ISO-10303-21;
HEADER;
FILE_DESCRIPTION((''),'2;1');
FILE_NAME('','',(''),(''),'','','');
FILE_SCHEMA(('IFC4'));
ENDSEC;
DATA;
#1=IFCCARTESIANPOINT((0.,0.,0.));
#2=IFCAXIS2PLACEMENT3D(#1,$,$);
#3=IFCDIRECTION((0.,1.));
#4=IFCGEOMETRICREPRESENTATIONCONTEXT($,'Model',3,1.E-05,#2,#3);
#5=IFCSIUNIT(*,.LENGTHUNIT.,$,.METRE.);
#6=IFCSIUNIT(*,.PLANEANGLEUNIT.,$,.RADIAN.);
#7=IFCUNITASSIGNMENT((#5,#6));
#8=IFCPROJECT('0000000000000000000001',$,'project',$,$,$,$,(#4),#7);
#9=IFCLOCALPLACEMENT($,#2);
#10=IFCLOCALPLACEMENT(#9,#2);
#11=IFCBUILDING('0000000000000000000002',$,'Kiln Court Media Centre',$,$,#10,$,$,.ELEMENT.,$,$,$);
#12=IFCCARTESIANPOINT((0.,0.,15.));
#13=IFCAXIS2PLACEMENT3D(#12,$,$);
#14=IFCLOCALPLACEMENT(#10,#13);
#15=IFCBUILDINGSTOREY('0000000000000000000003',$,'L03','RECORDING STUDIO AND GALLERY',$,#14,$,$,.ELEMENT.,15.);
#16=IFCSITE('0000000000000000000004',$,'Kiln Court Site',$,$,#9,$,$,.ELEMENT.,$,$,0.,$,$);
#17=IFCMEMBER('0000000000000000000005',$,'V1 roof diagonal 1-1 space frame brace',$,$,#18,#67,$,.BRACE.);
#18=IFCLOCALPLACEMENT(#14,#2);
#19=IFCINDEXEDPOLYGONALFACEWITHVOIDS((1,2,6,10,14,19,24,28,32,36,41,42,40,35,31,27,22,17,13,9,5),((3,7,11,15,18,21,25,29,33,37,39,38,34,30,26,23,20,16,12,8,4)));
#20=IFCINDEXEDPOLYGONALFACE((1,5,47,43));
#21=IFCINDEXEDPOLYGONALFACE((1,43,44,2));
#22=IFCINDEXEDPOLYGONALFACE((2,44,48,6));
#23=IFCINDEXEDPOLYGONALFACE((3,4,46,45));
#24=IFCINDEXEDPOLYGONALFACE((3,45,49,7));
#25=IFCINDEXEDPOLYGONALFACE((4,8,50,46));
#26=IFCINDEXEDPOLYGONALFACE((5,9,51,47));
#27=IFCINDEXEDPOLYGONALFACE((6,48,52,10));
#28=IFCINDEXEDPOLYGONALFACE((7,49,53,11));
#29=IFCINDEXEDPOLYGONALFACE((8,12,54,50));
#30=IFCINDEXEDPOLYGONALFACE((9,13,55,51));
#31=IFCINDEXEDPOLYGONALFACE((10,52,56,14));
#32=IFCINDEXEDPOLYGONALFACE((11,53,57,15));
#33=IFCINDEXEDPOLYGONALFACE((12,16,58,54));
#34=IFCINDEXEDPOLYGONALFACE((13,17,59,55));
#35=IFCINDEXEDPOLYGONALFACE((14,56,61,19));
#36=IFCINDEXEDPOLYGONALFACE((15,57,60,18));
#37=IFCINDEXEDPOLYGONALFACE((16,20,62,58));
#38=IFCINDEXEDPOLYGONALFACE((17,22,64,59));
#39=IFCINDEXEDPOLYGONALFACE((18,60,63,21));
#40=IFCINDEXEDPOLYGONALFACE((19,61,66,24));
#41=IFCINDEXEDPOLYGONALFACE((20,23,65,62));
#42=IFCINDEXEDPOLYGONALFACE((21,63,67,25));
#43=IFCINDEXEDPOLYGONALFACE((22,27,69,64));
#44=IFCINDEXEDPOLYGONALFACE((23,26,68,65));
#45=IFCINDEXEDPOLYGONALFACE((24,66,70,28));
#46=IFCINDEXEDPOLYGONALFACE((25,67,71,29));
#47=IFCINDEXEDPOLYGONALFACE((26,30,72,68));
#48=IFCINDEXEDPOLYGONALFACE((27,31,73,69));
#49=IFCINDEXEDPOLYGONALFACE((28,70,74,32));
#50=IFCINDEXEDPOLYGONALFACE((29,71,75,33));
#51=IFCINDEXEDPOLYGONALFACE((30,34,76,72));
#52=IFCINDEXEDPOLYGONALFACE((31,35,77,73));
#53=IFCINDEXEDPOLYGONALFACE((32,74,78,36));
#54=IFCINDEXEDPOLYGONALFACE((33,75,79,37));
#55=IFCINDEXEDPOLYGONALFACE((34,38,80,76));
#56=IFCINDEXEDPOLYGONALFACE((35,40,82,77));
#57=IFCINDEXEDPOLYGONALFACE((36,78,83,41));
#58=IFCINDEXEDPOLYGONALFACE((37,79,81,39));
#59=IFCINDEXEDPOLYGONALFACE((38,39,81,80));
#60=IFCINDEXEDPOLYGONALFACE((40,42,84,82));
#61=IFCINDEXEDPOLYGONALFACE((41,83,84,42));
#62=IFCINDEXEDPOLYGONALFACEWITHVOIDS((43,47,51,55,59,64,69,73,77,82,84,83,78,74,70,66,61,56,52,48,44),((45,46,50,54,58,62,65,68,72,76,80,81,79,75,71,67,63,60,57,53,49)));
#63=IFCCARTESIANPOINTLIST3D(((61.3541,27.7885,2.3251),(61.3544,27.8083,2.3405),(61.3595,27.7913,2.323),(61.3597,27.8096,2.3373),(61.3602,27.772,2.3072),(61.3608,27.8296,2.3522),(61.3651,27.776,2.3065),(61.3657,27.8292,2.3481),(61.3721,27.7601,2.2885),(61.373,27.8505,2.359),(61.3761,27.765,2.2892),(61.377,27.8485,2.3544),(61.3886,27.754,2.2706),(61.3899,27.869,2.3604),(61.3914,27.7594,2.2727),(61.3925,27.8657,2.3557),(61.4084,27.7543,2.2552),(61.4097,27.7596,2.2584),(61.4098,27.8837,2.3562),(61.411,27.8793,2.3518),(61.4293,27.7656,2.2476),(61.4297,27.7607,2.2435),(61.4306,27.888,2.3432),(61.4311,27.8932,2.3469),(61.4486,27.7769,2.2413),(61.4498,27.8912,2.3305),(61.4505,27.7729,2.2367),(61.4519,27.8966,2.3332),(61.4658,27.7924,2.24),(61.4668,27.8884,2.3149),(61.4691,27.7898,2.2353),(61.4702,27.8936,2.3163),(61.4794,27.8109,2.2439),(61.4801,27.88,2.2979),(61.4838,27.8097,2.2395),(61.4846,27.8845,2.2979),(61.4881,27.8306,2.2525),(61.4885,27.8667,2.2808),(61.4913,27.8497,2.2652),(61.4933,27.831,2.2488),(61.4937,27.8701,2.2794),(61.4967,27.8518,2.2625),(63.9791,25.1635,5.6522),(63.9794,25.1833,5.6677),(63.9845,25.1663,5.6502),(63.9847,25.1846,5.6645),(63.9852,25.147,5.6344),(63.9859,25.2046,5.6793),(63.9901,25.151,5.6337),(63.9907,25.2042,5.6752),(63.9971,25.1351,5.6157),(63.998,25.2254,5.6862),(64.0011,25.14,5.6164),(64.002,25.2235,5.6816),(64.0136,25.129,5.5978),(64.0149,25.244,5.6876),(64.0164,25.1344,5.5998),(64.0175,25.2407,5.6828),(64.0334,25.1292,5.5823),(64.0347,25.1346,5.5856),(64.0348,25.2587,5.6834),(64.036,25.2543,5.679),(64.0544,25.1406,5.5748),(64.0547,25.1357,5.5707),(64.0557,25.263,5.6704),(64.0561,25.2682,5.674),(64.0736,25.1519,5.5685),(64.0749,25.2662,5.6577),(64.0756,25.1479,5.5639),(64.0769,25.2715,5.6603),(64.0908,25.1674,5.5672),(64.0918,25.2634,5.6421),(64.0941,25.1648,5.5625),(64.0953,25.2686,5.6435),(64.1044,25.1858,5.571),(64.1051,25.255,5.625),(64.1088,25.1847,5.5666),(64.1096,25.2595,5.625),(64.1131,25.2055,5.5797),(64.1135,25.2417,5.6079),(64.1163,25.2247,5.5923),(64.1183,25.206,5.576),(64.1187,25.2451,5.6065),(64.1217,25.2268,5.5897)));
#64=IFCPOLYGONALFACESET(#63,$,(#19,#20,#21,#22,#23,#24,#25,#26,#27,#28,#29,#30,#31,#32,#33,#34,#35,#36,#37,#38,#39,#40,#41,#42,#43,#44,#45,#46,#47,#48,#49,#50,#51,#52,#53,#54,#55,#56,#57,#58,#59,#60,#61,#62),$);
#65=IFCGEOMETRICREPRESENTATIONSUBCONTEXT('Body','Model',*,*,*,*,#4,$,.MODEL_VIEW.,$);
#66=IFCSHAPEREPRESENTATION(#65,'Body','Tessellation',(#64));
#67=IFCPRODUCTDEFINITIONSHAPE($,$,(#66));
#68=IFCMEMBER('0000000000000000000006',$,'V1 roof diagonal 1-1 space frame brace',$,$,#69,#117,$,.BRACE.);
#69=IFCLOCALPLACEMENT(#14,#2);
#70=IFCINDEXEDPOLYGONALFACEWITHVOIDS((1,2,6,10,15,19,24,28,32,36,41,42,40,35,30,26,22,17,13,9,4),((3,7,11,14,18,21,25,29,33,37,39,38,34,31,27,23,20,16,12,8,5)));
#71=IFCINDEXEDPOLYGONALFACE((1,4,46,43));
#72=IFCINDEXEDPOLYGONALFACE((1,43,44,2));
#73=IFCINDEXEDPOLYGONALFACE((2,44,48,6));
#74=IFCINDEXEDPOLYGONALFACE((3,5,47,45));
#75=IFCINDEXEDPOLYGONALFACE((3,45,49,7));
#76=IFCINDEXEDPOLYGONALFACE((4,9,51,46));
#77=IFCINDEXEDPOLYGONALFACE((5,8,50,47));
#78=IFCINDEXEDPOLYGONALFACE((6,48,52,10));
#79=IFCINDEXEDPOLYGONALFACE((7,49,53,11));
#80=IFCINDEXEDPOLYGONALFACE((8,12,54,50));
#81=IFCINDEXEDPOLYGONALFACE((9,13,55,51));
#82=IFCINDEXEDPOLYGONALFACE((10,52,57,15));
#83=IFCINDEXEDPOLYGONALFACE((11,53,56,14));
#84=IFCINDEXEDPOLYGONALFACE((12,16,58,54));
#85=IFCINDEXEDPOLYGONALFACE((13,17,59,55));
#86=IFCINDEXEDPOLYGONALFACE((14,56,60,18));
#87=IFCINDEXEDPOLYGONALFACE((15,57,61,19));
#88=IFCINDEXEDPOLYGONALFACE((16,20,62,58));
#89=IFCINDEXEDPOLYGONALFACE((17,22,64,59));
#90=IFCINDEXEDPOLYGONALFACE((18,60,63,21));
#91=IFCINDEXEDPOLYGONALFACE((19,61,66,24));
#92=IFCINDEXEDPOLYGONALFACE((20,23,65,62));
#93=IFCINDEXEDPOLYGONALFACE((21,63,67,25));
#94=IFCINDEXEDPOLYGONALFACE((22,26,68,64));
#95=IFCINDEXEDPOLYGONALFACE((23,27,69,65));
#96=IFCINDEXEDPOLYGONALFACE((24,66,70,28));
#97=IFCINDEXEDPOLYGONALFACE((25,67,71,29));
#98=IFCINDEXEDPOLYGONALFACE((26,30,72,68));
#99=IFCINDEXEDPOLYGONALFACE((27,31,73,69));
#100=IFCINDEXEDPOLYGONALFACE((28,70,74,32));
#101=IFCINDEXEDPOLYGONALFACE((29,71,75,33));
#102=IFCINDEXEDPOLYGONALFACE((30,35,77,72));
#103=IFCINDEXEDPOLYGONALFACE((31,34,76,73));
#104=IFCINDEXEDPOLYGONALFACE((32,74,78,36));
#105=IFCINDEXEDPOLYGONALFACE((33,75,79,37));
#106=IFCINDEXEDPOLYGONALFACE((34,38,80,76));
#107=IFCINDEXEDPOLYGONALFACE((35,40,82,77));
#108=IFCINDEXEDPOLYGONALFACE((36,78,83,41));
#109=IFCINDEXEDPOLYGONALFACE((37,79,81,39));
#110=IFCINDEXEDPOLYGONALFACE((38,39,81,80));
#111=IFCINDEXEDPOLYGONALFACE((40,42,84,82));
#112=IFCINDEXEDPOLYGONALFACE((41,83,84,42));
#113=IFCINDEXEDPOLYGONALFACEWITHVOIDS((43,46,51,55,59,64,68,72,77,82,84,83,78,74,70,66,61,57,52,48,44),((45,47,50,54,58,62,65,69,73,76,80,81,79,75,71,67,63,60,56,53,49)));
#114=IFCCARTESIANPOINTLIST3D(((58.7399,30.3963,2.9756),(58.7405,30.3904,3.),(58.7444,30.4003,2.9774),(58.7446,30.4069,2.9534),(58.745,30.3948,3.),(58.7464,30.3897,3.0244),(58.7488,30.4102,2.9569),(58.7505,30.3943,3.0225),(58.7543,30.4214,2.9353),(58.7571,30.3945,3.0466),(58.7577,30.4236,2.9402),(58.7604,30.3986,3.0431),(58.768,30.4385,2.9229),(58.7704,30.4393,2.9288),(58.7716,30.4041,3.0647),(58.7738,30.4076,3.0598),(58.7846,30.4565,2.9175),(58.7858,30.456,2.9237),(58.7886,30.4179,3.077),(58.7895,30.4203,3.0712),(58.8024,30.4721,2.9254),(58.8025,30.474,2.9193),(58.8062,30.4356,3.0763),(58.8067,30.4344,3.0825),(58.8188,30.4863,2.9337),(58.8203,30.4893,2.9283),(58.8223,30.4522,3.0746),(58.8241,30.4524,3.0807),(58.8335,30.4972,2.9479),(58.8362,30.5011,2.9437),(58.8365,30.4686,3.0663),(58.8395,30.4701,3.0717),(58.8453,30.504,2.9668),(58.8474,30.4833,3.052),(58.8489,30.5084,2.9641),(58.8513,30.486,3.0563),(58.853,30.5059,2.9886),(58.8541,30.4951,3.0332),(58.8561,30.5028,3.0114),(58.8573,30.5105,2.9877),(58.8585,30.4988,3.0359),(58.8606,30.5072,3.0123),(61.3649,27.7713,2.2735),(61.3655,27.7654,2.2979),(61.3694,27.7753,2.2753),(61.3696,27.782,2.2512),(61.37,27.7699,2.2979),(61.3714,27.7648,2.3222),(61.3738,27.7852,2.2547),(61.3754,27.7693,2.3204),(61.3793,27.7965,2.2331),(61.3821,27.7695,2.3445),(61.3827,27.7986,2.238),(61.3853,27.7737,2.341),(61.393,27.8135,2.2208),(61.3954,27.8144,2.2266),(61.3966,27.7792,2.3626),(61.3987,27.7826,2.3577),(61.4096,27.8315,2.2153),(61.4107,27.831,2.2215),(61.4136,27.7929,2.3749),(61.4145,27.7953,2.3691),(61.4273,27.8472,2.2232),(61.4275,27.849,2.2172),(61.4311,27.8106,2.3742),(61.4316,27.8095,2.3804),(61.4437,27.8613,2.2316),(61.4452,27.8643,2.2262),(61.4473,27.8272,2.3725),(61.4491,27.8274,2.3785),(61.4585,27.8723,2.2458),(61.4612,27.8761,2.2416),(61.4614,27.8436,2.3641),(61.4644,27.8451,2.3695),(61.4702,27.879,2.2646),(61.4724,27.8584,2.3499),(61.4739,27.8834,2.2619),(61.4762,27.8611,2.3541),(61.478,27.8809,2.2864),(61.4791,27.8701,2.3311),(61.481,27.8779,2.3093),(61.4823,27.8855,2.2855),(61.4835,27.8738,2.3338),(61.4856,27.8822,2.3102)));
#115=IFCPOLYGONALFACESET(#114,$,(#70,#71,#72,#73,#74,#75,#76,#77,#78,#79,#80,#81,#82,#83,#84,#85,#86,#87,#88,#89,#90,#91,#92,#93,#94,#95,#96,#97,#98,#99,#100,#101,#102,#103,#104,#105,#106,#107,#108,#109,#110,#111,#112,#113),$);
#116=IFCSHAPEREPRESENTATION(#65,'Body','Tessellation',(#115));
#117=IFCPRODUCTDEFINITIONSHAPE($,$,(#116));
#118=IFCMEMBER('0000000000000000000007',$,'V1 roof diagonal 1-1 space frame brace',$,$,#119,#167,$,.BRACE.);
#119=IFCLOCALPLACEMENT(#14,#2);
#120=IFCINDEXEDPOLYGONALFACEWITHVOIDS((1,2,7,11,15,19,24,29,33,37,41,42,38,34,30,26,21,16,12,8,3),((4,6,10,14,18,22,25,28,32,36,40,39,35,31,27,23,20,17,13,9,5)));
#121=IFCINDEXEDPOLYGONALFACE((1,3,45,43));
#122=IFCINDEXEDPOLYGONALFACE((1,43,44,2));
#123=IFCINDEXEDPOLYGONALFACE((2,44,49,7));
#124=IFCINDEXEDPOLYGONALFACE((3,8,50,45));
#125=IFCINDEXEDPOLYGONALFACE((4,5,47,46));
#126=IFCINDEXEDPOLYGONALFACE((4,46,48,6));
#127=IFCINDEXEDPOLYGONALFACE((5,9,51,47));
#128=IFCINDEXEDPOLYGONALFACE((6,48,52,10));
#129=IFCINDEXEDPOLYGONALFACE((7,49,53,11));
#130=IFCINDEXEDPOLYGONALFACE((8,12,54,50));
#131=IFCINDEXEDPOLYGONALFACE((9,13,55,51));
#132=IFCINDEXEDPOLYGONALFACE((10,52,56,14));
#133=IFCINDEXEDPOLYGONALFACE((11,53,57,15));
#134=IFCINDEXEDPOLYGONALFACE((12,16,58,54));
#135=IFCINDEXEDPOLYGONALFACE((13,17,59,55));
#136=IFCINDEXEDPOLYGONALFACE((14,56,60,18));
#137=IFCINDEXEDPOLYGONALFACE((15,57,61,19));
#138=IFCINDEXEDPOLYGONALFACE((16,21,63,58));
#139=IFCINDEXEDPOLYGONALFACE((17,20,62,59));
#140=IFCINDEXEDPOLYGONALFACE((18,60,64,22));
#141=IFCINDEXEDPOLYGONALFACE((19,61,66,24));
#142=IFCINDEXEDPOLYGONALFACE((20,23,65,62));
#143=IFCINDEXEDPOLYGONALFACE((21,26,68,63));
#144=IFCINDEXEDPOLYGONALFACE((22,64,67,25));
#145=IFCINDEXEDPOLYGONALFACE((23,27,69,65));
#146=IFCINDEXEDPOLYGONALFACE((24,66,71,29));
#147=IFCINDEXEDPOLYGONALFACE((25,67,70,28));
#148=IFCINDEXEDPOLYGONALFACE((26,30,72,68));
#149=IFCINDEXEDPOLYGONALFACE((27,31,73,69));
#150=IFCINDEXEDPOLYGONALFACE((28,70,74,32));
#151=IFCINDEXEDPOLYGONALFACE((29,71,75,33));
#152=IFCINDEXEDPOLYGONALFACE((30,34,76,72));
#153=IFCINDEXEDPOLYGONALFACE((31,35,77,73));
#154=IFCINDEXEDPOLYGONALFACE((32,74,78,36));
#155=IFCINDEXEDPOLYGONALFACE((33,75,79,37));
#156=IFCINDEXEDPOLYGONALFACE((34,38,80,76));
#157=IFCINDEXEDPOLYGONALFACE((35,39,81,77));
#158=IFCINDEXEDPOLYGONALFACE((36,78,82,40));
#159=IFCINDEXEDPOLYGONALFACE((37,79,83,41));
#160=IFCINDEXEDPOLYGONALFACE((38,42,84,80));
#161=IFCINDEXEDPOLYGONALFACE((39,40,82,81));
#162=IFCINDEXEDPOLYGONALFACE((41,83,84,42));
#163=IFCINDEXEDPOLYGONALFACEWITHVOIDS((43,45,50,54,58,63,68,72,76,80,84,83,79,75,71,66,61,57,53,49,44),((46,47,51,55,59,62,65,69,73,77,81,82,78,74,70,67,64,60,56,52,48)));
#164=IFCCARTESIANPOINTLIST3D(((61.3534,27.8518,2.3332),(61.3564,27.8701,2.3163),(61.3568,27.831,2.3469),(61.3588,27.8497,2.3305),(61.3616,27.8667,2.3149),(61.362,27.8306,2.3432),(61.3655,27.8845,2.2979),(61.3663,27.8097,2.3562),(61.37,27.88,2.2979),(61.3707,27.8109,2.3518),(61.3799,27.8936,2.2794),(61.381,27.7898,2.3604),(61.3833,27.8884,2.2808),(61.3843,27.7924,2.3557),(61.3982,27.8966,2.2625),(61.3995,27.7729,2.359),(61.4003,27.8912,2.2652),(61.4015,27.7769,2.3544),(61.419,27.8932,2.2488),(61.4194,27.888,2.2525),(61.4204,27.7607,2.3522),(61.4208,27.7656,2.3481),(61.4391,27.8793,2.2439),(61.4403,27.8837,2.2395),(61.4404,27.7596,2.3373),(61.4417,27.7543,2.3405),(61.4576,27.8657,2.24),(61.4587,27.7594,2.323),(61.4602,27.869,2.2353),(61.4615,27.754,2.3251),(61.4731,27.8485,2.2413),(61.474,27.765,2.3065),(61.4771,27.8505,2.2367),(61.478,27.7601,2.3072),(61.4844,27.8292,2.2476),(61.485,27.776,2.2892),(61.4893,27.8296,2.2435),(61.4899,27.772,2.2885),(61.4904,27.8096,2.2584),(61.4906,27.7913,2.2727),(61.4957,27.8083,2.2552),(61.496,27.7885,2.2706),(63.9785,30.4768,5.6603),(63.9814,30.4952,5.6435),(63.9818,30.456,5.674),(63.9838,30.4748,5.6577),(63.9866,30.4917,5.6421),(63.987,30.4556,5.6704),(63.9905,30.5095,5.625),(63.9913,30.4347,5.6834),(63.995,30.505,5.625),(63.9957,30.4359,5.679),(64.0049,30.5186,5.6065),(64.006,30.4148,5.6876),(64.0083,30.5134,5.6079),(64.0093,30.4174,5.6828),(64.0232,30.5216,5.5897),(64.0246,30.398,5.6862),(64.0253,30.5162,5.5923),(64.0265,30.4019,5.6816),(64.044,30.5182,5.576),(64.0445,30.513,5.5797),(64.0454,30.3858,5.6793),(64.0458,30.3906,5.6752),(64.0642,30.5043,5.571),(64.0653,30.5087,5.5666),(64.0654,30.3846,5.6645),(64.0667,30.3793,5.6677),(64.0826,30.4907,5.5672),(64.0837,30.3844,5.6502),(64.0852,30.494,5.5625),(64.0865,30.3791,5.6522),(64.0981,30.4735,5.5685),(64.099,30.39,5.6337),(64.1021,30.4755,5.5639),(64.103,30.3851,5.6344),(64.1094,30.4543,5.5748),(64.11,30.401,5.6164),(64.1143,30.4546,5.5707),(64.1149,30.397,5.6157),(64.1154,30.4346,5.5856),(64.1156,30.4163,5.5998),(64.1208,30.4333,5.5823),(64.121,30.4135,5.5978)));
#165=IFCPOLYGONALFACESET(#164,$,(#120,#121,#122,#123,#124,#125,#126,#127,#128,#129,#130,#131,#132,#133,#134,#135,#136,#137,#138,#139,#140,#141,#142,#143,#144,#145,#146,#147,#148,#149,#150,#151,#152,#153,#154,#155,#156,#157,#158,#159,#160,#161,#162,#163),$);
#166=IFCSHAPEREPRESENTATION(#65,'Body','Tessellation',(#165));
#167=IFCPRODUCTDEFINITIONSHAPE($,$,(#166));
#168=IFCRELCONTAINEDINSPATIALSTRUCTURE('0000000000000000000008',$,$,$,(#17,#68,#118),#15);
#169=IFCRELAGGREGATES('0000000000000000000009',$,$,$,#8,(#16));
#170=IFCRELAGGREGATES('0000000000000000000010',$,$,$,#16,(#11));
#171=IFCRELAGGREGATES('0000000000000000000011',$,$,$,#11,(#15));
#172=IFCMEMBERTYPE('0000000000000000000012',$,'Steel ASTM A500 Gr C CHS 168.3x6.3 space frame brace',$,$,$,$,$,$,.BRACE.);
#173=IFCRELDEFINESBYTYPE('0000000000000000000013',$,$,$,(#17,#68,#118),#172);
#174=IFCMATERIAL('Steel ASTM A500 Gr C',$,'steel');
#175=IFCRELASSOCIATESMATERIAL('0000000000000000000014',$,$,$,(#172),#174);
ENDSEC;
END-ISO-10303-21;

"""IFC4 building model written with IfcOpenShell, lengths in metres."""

from ifc_helpers import new_model, si_unit, direction, frame, origin, origin_2d, place, context, subcontext, project, spatial, hollow_circle, extrude, material, material_profile, profile_set, type_object, element, save


model = new_model("IFC4")

# Units and contexts
model_context = context("Model", 3, precision=1e-05, world=origin(), true_north=direction((0.0, 1.0)))
body_context = subcontext(model_context, "Body", "Model", "MODEL_VIEW")
ifc_project = project(units=[si_unit("LENGTHUNIT", "METRE"), si_unit("PLANEANGLEUNIT", "RADIAN")], contexts=[model_context])

# Site, building, storey
site_placement = place(None, origin())
site = spatial("IfcSite", under=ifc_project, at=site_placement, Name="Kiln Court Site", CompositionType="ELEMENT", RefElevation=0.0)
building_placement = place(site_placement, origin())
building = spatial("IfcBuilding", under=site, at=building_placement, Name="Kiln Court Media Centre", CompositionType="ELEMENT")
storey_placement = place(building_placement, frame((0.0, 0.0, 15.0)))
storey = spatial("IfcBuildingStorey", under=building, at=storey_placement, Name="L03", Description="RECORDING STUDIO AND GALLERY", CompositionType="ELEMENT", Elevation=15.0)

# Members
ifc_material_1 = material(Name="Steel ASTM A500 Gr C", Category="steel")
ifc_material_profile_1 = material_profile(ifc_material_1, hollow_circle(Radius=0.0842, WallThickness=0.0063, at=origin_2d()), Name="CHS 168.3x6.3")
ifc_profile_set_1 = profile_set([ifc_material_profile_1], Name="Steel ASTM A500 Gr C")
member_type_1 = type_object("IfcMemberType", Name="Steel ASTM A500 Gr C CHS 168.3x6.3 space frame brace", PredefinedType="BRACE", material=ifc_profile_set_1)
member_1_placement = place(storey_placement, frame((61.425, 27.825, 2.2979), z_axis=(0.52657, -0.52657, 0.667419), x_axis=(0.707107, 0.707107, 0.0)))
element("IfcMember", 1, at=member_1_placement, inside=storey, type_object=member_type_1, Name="V1 roof diagonal 1-1 space frame brace", PredefinedType="BRACE", context=body_context, shape_type="SweptSolid", body=[
    extrude(hollow_circle(Radius=0.0842, WallThickness=0.0063, at=origin_2d()), origin(), (0.0, 0.0, 1.0), 4.9851),
])
member_2_placement = place(storey_placement, frame((61.425, 27.825, 2.2979), z_axis=(-0.694788, 0.694788, 0.185846), x_axis=(-0.707107, -0.707107, 0.0)))
element("IfcMember", 2, at=member_2_placement, inside=storey, type_object=member_type_1, Name="V1 roof diagonal 1-1 space frame brace", PredefinedType="BRACE", context=body_context, shape_type="SweptSolid", body=[
    extrude(hollow_circle(Radius=0.0842, WallThickness=0.0063, at=origin_2d()), origin(), (0.0, 0.0, 1.0), 3.7781),
])
member_3_placement = place(storey_placement, frame((61.425, 27.825, 2.2979), z_axis=(0.52657, 0.52657, 0.667419), x_axis=(-0.707107, 0.707107, 0.0)))
element("IfcMember", 3, at=member_3_placement, inside=storey, type_object=member_type_1, Name="V1 roof diagonal 1-1 space frame brace", PredefinedType="BRACE", context=body_context, shape_type="SweptSolid", body=[
    extrude(hollow_circle(Radius=0.0842, WallThickness=0.0063, at=origin_2d()), origin(), (0.0, 0.0, 1.0), 4.9851),
])

save(model, "model.ifc")
